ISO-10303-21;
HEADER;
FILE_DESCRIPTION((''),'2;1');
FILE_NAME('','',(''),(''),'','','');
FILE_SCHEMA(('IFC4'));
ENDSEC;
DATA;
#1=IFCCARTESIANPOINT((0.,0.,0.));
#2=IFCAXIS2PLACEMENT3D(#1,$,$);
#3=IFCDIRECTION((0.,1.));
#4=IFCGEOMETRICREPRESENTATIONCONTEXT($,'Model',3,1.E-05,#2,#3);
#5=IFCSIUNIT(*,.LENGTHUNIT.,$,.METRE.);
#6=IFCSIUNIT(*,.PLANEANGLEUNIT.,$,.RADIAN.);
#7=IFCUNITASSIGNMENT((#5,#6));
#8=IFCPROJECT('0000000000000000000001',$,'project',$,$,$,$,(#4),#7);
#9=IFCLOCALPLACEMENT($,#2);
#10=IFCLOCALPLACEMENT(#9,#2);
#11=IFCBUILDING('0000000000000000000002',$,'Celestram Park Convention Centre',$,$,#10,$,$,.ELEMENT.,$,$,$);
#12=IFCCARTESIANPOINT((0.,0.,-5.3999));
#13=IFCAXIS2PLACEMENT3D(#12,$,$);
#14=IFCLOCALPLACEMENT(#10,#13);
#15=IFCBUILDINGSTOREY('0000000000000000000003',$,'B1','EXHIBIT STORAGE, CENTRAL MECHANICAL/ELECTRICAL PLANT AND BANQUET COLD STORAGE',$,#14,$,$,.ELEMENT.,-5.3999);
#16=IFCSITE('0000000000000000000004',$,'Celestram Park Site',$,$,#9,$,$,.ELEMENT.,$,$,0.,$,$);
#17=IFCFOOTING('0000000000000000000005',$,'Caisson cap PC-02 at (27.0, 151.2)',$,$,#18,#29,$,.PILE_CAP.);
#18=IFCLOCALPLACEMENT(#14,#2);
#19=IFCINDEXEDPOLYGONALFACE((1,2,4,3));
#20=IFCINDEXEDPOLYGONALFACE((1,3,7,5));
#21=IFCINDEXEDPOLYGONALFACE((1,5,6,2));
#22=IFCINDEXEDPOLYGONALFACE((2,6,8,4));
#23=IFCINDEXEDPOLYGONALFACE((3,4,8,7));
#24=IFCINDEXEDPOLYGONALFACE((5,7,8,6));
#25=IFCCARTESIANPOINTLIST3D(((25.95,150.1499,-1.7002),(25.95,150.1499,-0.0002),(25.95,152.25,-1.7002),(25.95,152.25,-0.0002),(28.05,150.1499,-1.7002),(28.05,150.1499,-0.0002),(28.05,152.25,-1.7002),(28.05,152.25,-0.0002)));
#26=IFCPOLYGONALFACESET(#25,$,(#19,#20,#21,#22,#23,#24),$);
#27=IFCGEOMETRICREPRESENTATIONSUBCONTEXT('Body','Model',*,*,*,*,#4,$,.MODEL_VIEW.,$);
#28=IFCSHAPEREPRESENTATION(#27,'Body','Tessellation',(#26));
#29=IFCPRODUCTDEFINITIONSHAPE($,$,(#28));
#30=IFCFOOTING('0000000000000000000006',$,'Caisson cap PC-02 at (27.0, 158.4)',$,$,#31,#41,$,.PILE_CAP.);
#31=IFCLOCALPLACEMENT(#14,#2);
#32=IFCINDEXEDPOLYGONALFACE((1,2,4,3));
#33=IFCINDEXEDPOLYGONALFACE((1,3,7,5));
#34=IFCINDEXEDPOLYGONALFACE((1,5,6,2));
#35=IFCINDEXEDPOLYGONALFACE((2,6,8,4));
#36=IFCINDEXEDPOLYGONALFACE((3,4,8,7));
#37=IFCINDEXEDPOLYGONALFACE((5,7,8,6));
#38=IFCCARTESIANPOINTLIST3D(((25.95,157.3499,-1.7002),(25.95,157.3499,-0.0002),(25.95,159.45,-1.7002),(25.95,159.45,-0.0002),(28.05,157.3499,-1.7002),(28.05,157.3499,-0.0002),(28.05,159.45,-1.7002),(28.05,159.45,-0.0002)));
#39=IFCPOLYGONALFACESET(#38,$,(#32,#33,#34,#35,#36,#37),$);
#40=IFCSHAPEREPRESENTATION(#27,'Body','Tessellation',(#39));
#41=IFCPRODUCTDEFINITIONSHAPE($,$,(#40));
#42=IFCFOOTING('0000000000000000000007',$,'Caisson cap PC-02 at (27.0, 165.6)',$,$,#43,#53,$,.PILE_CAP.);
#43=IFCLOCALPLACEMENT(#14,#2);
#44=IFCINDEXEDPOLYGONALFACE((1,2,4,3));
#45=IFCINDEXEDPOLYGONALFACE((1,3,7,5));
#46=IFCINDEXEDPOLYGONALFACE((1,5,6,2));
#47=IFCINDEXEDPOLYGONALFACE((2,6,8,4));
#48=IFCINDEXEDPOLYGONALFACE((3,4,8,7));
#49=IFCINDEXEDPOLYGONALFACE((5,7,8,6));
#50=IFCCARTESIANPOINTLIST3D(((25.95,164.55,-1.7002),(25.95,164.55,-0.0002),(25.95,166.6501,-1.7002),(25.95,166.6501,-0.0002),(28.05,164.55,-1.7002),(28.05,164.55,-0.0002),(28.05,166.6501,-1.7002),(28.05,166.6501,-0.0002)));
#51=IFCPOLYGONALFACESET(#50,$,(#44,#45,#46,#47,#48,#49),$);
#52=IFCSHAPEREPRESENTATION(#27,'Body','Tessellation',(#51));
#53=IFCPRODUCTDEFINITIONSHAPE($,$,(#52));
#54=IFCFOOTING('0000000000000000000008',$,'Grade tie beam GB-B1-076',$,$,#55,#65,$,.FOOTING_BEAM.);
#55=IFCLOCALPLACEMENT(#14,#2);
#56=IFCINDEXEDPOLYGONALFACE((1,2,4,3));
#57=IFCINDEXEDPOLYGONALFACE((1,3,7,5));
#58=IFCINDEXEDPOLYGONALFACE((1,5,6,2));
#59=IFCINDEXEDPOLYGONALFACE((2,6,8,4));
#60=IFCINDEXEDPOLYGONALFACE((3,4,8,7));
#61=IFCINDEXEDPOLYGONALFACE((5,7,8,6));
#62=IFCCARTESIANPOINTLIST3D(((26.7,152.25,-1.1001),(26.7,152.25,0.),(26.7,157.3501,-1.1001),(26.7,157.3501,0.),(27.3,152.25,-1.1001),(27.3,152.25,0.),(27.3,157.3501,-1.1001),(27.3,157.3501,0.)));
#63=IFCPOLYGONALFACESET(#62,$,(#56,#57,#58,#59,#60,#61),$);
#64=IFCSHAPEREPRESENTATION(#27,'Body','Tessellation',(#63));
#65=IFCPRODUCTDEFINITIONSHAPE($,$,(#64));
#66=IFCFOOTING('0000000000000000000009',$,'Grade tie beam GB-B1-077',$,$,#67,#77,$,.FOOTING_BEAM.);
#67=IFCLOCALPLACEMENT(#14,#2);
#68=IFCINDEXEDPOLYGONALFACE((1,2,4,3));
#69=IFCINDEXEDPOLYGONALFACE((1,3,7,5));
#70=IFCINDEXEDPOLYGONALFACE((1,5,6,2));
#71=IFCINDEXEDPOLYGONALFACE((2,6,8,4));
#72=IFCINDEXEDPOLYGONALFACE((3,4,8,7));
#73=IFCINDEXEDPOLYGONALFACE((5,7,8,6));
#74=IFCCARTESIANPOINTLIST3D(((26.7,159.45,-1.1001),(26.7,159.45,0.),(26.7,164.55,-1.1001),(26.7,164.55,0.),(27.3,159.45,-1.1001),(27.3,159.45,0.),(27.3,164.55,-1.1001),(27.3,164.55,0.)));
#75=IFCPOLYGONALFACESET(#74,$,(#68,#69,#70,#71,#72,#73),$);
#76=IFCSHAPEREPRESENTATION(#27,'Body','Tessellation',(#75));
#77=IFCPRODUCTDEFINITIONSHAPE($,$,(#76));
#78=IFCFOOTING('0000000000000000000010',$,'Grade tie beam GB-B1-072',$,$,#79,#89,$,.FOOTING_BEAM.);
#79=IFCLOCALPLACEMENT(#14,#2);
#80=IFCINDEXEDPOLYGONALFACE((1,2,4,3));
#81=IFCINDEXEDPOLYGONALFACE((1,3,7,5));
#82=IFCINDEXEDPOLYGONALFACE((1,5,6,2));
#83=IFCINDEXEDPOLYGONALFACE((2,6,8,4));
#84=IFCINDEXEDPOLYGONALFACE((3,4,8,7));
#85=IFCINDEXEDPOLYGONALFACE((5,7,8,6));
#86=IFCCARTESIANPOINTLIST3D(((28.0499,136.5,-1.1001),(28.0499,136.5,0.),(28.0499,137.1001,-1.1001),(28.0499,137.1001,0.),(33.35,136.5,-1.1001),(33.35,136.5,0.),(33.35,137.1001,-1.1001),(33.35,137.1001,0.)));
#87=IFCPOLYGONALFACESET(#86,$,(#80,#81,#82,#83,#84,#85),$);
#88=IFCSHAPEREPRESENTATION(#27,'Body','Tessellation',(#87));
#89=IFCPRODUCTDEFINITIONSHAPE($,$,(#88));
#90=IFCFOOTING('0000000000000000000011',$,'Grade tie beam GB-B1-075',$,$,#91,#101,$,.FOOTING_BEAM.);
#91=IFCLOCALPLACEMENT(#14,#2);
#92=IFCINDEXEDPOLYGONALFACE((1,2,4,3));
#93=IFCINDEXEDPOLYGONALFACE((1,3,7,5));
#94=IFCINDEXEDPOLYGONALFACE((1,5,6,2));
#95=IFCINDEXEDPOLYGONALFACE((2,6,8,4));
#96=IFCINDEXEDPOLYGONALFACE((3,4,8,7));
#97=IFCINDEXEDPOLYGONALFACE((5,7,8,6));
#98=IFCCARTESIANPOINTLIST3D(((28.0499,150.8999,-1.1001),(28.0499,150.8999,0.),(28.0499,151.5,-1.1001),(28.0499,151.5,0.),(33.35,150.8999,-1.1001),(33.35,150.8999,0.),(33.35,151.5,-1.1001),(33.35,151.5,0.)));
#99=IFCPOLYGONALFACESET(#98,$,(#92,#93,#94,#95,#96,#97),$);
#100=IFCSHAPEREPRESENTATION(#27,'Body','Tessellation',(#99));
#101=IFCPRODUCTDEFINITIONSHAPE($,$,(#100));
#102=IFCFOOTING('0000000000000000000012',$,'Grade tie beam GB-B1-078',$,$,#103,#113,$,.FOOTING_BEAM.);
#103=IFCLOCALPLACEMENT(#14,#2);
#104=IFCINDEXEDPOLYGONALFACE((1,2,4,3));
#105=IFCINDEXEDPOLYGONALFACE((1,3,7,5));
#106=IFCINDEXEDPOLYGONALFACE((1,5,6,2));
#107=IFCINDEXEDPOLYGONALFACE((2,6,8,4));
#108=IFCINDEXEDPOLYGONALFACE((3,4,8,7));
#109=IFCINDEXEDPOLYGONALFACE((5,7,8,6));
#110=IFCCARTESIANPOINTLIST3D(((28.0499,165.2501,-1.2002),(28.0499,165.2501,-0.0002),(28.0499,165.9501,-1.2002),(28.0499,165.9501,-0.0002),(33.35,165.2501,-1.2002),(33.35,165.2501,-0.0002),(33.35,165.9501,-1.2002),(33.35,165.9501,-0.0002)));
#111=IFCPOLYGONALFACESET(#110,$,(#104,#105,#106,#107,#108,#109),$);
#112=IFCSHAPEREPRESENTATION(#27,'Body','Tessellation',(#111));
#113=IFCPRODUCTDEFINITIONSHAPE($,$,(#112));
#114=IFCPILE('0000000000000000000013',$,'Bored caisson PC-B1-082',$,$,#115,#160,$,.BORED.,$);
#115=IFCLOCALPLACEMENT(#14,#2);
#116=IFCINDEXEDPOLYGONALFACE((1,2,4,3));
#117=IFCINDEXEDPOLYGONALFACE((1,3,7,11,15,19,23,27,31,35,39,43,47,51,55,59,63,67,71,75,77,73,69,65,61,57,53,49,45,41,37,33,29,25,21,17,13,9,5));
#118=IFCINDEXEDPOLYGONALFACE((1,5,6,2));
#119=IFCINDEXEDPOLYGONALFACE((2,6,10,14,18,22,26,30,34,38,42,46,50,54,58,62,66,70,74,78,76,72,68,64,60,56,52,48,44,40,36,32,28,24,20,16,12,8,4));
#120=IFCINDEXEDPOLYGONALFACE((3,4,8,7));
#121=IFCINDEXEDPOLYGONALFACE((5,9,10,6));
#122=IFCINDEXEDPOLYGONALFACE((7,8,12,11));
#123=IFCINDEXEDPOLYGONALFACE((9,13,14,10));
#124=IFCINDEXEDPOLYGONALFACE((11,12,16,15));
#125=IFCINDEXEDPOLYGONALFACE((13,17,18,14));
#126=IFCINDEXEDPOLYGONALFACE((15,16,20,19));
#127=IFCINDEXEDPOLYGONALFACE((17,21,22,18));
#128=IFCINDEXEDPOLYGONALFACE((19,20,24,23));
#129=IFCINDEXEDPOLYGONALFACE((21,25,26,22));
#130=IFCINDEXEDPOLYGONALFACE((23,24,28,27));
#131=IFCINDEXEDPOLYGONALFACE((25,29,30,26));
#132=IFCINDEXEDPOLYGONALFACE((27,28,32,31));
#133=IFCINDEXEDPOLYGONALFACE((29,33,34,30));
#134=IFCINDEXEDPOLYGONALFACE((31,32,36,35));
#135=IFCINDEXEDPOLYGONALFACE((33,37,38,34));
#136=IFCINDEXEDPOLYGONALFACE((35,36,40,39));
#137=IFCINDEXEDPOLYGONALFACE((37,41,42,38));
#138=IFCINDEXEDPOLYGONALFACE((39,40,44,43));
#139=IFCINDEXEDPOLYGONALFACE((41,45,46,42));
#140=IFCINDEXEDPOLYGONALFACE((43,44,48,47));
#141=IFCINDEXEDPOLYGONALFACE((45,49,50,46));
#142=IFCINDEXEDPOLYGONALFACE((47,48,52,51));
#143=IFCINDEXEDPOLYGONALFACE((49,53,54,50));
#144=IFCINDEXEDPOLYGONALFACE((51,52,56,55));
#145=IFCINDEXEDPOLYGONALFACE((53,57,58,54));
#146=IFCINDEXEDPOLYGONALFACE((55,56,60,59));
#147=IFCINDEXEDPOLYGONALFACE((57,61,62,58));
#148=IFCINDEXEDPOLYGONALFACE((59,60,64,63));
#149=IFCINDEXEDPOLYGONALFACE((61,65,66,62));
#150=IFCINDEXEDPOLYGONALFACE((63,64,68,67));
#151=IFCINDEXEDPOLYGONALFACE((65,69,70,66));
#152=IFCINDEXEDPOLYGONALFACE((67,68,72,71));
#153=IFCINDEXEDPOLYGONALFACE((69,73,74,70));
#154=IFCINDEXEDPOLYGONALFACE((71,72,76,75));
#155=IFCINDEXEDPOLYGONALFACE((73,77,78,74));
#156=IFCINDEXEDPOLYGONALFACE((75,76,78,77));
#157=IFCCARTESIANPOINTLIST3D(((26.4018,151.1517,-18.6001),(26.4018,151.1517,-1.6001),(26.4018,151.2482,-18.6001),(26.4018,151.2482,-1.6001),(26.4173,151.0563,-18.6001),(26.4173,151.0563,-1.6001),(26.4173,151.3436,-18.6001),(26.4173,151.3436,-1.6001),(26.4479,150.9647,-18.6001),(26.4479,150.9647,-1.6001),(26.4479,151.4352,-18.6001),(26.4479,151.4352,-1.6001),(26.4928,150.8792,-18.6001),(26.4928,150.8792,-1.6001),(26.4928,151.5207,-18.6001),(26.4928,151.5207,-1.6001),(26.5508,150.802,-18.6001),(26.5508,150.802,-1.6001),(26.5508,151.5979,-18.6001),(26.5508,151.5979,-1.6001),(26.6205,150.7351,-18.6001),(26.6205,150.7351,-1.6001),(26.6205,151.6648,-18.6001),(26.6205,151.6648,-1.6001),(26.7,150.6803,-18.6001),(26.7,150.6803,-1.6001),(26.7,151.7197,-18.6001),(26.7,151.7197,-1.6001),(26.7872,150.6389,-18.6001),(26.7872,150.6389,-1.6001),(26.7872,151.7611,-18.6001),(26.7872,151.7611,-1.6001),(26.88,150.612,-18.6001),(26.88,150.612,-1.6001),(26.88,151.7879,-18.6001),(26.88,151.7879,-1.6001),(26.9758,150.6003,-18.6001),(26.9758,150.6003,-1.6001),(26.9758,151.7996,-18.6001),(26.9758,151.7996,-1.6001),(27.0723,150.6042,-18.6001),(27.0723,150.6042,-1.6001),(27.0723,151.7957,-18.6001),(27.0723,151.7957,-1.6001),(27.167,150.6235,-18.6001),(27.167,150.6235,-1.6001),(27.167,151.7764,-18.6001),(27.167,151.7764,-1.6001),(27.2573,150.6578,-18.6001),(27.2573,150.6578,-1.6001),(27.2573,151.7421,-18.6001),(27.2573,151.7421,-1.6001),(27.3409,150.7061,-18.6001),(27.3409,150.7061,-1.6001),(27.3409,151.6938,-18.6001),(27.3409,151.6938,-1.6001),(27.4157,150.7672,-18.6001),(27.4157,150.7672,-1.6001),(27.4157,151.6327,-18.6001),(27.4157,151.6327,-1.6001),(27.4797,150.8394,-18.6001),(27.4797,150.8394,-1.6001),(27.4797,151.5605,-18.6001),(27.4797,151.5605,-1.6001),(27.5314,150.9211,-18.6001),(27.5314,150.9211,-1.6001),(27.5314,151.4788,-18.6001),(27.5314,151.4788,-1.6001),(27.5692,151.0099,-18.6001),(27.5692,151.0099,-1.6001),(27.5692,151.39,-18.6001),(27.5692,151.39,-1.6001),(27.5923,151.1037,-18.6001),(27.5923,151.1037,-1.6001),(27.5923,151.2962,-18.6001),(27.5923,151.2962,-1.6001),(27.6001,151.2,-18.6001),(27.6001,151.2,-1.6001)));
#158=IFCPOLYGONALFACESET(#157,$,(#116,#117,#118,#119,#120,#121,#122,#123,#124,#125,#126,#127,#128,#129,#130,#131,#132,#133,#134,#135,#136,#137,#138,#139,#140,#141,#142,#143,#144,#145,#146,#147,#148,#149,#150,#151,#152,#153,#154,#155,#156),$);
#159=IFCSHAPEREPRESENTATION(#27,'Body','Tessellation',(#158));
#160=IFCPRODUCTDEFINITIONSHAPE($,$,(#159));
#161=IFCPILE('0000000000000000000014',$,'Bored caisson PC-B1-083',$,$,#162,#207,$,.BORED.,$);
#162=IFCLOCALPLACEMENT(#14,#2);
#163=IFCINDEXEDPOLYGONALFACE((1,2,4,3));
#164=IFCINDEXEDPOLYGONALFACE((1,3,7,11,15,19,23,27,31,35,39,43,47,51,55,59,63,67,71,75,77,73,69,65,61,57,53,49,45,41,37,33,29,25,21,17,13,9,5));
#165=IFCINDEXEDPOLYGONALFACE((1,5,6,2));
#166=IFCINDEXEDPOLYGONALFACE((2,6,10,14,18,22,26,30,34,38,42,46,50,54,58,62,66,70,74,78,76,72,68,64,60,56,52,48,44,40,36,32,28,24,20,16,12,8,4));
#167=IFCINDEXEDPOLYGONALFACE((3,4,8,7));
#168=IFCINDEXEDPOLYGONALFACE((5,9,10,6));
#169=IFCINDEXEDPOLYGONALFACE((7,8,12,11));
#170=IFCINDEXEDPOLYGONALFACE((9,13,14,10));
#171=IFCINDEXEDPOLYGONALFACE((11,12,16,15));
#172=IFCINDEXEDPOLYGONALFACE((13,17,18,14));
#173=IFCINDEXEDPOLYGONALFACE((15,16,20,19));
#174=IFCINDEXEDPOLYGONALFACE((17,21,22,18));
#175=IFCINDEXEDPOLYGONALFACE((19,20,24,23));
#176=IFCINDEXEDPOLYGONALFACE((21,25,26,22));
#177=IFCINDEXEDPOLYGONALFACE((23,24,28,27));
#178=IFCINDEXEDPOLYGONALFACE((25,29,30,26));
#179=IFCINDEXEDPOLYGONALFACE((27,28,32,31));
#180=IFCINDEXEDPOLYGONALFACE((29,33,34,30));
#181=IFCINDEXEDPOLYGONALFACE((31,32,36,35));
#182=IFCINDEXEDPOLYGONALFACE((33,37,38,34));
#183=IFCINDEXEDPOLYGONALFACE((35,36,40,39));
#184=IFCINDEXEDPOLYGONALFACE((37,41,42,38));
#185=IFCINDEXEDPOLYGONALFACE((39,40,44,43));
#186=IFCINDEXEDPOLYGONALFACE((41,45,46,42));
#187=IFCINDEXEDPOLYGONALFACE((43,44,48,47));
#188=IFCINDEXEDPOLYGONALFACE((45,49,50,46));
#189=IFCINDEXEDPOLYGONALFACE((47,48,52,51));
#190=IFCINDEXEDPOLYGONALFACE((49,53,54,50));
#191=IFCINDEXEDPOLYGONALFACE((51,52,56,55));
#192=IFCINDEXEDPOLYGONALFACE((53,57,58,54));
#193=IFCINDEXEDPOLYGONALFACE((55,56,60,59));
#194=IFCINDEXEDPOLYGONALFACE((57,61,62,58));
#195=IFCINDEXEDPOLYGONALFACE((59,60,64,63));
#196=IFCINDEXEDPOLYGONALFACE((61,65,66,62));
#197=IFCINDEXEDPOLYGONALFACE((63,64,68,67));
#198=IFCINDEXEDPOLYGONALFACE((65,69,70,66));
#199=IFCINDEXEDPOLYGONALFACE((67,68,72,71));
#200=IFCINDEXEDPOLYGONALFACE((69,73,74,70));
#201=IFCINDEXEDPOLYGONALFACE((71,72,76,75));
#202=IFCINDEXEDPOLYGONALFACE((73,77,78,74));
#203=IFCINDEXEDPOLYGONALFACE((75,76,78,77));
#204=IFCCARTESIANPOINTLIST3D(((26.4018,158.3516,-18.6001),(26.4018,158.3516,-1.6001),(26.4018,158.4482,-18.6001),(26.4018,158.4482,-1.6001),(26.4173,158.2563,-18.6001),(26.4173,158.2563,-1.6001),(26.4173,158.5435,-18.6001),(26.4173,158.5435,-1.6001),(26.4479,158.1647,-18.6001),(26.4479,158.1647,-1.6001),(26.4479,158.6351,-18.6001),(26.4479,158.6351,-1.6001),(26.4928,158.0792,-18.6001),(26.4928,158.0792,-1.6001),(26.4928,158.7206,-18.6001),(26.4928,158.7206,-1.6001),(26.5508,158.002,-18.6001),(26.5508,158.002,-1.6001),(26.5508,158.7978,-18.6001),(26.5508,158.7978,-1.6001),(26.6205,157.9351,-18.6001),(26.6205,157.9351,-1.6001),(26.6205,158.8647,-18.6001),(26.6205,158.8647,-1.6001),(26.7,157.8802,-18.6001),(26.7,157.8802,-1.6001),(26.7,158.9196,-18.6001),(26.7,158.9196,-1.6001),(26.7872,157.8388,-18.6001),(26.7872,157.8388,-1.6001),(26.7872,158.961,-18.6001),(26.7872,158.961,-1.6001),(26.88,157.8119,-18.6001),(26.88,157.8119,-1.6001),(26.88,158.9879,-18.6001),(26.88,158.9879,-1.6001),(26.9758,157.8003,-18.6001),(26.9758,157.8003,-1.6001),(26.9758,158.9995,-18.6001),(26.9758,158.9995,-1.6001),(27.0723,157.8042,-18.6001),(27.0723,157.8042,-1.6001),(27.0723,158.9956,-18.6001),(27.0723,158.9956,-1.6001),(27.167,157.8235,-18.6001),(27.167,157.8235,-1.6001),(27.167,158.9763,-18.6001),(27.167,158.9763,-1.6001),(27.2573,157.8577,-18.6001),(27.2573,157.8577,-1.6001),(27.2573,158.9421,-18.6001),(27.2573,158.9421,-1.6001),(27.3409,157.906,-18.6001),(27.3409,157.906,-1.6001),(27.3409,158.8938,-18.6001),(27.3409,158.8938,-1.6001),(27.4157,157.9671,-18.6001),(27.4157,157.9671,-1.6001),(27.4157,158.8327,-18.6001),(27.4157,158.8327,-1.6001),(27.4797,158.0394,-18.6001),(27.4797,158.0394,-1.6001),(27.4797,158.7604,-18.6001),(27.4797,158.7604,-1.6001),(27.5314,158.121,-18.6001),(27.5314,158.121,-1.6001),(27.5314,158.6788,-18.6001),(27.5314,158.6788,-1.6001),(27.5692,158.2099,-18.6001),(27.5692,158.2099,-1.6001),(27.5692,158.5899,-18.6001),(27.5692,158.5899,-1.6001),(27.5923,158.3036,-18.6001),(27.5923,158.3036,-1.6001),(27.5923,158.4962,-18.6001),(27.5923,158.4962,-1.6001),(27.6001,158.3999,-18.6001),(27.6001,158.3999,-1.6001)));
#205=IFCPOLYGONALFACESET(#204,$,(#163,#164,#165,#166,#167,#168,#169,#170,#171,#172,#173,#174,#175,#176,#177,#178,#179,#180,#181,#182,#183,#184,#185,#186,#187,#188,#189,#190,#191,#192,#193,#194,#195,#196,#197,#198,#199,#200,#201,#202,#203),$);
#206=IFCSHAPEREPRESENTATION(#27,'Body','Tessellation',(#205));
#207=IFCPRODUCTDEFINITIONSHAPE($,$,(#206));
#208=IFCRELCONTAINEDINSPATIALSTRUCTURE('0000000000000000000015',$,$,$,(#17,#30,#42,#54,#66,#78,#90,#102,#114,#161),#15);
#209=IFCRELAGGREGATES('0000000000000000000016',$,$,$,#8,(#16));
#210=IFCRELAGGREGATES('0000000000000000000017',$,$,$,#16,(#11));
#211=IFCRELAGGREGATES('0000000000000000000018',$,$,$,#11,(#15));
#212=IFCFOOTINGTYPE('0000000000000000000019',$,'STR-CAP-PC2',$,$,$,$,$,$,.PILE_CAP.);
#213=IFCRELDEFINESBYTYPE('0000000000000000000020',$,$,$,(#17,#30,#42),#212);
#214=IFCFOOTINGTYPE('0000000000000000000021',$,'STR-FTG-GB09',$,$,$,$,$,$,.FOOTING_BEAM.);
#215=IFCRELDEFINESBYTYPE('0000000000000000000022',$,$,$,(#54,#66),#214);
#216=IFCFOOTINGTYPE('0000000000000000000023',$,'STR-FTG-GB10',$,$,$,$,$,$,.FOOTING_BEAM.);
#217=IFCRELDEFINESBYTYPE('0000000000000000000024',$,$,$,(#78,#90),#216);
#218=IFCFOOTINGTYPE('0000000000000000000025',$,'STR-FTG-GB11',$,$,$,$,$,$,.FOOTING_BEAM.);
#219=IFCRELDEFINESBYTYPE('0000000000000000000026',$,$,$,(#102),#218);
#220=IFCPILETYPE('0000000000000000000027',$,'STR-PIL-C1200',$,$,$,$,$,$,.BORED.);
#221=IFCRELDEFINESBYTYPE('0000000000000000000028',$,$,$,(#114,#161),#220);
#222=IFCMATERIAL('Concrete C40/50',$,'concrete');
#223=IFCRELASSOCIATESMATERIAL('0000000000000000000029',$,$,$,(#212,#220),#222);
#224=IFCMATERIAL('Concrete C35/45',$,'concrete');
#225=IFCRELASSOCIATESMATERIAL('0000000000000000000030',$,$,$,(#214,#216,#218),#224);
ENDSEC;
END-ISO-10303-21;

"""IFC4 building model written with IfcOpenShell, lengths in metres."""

from ifc_helpers import new_model, si_unit, direction, frame, origin, origin_2d, place, context, subcontext, project, spatial, rectangle, circle, extrude, material, material_profile, profile_set, type_object, element, save


model = new_model("IFC4")

# Units and contexts
model_context = context("Model", 3, precision=1e-05, world=origin(), true_north=direction((0.0, 1.0)))
body_context = subcontext(model_context, "Body", "Model", "MODEL_VIEW")
ifc_project = project(units=[si_unit("LENGTHUNIT", "METRE"), si_unit("PLANEANGLEUNIT", "RADIAN")], contexts=[model_context])

# Site, building, storey
site_placement = place(None, origin())
site = spatial("IfcSite", under=ifc_project, at=site_placement, Name="Celestram Park Site", CompositionType="ELEMENT", RefElevation=0.0)
building_placement = place(site_placement, origin())
building = spatial("IfcBuilding", under=site, at=building_placement, Name="Celestram Park Convention Centre", CompositionType="ELEMENT")
storey_placement = place(building_placement, frame((0.0, 0.0, -5.3999)))
storey = spatial("IfcBuildingStorey", under=building, at=storey_placement, Name="B1", Description="EXHIBIT STORAGE, CENTRAL MECHANICAL/ELECTRICAL PLANT AND BANQUET COLD STORAGE", CompositionType="ELEMENT", Elevation=-5.3999)

# Footings
ifc_material_1 = material(Name="Concrete C40/50", Category="concrete")
footing_type_1 = type_object("IfcFootingType", Name="STR-CAP-PC2", PredefinedType="PILE_CAP", material=ifc_material_1)
for number, where, z_axis, x_axis, name in (
    (1, (27.0, 151.2, -1.7002), (0.0, 0.0, 1.0), (1.0, 0.0, 0.0), "Caisson cap PC-02 at (27.0, 151.2)"),
    (2, (27.0, 158.3999, -1.7002), (0.0, 0.0, 1.0), (1.0, 0.0, 0.0), "Caisson cap PC-02 at (27.0, 158.4)"),
    (3, (27.0, 165.6001, -1.7002), (0.0, 0.0, 1.0), (1.0, 0.0, 0.0), "Caisson cap PC-02 at (27.0, 165.6)"),
):
    element("IfcFooting", number, at=place(storey_placement, frame(where, z_axis=z_axis, x_axis=x_axis)), inside=storey, type_object=footing_type_1, Name=name, PredefinedType="PILE_CAP", context=body_context, shape_type="SweptSolid", body=[
        extrude(rectangle(XDim=2.1001, YDim=2.1001, at=origin_2d()), origin(), (0.0, 0.0, 1.0), 1.7),
    ])
ifc_material_2 = material(Name="Concrete C35/45", Category="concrete")
footing_type_2 = type_object("IfcFootingType", Name="STR-FTG-GB09", PredefinedType="FOOTING_BEAM", material=ifc_material_2)
for number, where, z_axis, x_axis, name in (
    (4, (27.0, 154.8, -1.1001), (0.0, 0.0, 1.0), (0.0, 1.0, 0.0), "Grade tie beam GB-B1-076"),
    (5, (27.0, 162.0, -1.1001), (0.0, 0.0, 1.0), (0.0, 1.0, 0.0), "Grade tie beam GB-B1-077"),
):
    element("IfcFooting", number, at=place(storey_placement, frame(where, z_axis=z_axis, x_axis=x_axis)), inside=storey, type_object=footing_type_2, Name=name, PredefinedType="FOOTING_BEAM", context=body_context, shape_type="SweptSolid", body=[
        extrude(rectangle(XDim=5.1001, YDim=0.6001, at=origin_2d()), origin(), (0.0, 0.0, 1.0), 1.1001),
    ])
footing_type_3 = type_object("IfcFootingType", Name="STR-FTG-GB10", PredefinedType="FOOTING_BEAM", material=ifc_material_2)
for number, where, z_axis, x_axis, name in (
    (6, (30.7, 136.8, -1.1001), (0.0, 0.0, 1.0), (1.0, 0.0, 0.0), "Grade tie beam GB-B1-072"),
    (7, (30.7, 151.2, -1.1001), (0.0, 0.0, 1.0), (1.0, 0.0, 0.0), "Grade tie beam GB-B1-075"),
):
    element("IfcFooting", number, at=place(storey_placement, frame(where, z_axis=z_axis, x_axis=x_axis)), inside=storey, type_object=footing_type_3, Name=name, PredefinedType="FOOTING_BEAM", context=body_context, shape_type="SweptSolid", body=[
        extrude(rectangle(XDim=5.3, YDim=0.6001, at=origin_2d()), origin(), (0.0, 0.0, 1.0), 1.1001),
    ])
footing_type_4 = type_object("IfcFootingType", Name="STR-FTG-GB11", PredefinedType="FOOTING_BEAM", material=ifc_material_2)
footing_placement = place(storey_placement, frame((30.7, 165.6001, -1.2002), z_axis=(0.0, 0.0, 1.0), x_axis=(1.0, 0.0, 0.0)))
element("IfcFooting", 8, at=footing_placement, inside=storey, type_object=footing_type_4, Name="Grade tie beam GB-B1-078", PredefinedType="FOOTING_BEAM", context=body_context, shape_type="SweptSolid", body=[
    extrude(rectangle(XDim=5.3, YDim=0.7, at=origin_2d()), origin(), (0.0, 0.0, 1.0), 1.2),
])

# Piles
ifc_material_profile_1 = material_profile(ifc_material_1, circle(Radius=0.6001, at=origin_2d()), Name="CAISSON1200")
ifc_profile_set_1 = profile_set([ifc_material_profile_1], Name="Concrete C40/50")
pile_type_1 = type_object("IfcPileType", Name="STR-PIL-C1200", PredefinedType="BORED", material=ifc_profile_set_1)
for number, where, z_axis, x_axis, name in (
    (9, (27.0, 151.2, -1.6001), (0.0, 0.0, -1.0), (1.0, 0.0, 0.0), "Bored caisson PC-B1-082"),
    (10, (27.0, 158.3999, -1.6001), (0.0, 0.0, -1.0), (1.0, 0.0, 0.0), "Bored caisson PC-B1-083"),
):
    element("IfcPile", number, at=place(storey_placement, frame(where, z_axis=z_axis, x_axis=x_axis)), inside=storey, type_object=pile_type_1, Name=name, PredefinedType="BORED", context=body_context, shape_type="SweptSolid", body=[
        extrude(circle(Radius=0.6001, at=origin_2d()), origin(), (0.0, 0.0, 1.0), 17.0),
    ])

save(model, "model.ifc")
